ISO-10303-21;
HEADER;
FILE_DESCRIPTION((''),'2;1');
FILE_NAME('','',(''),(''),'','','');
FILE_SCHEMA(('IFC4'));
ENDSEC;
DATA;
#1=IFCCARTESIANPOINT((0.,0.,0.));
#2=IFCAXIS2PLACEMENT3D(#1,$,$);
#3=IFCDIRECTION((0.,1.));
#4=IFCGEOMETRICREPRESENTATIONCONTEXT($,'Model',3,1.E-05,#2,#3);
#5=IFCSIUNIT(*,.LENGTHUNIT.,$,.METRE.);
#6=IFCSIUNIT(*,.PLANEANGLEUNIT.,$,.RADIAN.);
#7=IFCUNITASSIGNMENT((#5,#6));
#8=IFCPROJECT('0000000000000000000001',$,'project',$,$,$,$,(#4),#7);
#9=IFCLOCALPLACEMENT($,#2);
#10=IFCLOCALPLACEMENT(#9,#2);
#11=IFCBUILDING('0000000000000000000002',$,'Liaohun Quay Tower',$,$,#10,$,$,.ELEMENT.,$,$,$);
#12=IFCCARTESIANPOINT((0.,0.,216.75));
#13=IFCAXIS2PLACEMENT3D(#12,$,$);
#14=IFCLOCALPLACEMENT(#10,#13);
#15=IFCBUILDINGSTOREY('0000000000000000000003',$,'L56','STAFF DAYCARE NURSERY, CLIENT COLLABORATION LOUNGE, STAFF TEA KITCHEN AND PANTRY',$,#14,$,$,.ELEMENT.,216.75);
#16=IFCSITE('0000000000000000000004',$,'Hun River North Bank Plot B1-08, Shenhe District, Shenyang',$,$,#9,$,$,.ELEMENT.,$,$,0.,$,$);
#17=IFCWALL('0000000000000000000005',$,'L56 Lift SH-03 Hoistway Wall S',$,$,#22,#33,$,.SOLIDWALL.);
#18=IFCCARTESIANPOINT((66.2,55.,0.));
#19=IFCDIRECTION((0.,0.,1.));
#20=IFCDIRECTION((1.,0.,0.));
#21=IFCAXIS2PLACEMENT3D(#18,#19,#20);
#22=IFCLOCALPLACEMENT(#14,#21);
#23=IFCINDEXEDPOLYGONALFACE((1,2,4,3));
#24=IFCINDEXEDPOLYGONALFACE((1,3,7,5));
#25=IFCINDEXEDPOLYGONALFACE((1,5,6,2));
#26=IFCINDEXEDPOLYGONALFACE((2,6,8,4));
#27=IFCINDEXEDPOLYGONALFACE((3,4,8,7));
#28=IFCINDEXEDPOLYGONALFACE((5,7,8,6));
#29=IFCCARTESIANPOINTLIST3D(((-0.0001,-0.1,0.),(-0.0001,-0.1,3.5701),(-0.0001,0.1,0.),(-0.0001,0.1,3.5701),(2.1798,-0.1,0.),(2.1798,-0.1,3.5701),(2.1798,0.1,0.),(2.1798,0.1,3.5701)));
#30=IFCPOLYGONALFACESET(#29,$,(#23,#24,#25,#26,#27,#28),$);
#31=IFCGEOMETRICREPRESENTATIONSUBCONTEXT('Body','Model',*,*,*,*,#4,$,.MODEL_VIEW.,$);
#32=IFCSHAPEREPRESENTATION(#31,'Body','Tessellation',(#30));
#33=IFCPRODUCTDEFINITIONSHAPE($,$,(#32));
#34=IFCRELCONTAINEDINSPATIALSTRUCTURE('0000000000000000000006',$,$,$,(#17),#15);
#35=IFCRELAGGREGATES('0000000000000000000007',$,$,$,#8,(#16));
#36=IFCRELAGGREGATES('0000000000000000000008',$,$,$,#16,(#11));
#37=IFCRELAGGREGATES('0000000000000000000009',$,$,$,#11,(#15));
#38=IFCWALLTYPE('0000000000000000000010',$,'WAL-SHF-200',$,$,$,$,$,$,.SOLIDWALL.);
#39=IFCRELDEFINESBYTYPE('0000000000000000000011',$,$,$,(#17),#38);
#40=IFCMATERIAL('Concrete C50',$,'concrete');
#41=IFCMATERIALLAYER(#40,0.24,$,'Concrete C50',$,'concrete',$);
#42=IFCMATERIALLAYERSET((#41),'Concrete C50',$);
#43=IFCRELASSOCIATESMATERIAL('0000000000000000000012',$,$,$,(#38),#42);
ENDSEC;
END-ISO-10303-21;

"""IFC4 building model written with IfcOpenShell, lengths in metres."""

from ifc_helpers import new_model, si_unit, direction, frame, frame_2d, origin, place, context, subcontext, project, spatial, rectangle, extrude, material, layer, layer_set, type_object, element, save


model = new_model("IFC4")

# Units and contexts
model_context = context("Model", 3, precision=1e-05, world=origin(), true_north=direction((0.0, 1.0)))
body_context = subcontext(model_context, "Body", "Model", "MODEL_VIEW")
ifc_project = project(units=[si_unit("LENGTHUNIT", "METRE"), si_unit("PLANEANGLEUNIT", "RADIAN")], contexts=[model_context])

# Site, building, storey
site_placement = place(None, origin())
site = spatial("IfcSite", under=ifc_project, at=site_placement, Name="Hun River North Bank Plot B1-08, Shenhe District, Shenyang", CompositionType="ELEMENT", RefElevation=0.0)
building_placement = place(site_placement, origin())
building = spatial("IfcBuilding", under=site, at=building_placement, Name="Liaohun Quay Tower", CompositionType="ELEMENT")
storey_placement = place(building_placement, frame((0.0, 0.0, 216.75)))
storey = spatial("IfcBuildingStorey", under=building, at=storey_placement, Name="L56", Description="STAFF DAYCARE NURSERY, CLIENT COLLABORATION LOUNGE, STAFF TEA KITCHEN AND PANTRY", CompositionType="ELEMENT", Elevation=216.75)

# Shared definitions
ifc_material_1 = material(Name="Concrete C50", Category="concrete")
ifc_layer_1 = layer(ifc_material_1, 0.24, Name="Concrete C50", Category="concrete")
ifc_layer_set_1 = layer_set([ifc_layer_1], Name="Concrete C50")
wall_type_1 = type_object("IfcWallType", Name="WAL-SHF-200", PredefinedType="SOLIDWALL", material=ifc_layer_set_1)

# Wall
wall_1_placement = place(storey_placement, frame((66.2, 55.0, 0.0), z_axis=(0.0, 0.0, 1.0), x_axis=(1.0, 0.0, 0.0)))
element("IfcWall", 1, at=wall_1_placement, inside=storey, type_object=wall_type_1, Name="L56 Lift SH-03 Hoistway Wall S", PredefinedType="SOLIDWALL", context=body_context, shape_type="SweptSolid", body=[
    extrude(rectangle(XDim=2.1799, YDim=0.2, at=frame_2d((1.0898, 0.0))), origin(), (0.0, 0.0, 1.0), 3.5701),
])

save(model, "model.ifc")
